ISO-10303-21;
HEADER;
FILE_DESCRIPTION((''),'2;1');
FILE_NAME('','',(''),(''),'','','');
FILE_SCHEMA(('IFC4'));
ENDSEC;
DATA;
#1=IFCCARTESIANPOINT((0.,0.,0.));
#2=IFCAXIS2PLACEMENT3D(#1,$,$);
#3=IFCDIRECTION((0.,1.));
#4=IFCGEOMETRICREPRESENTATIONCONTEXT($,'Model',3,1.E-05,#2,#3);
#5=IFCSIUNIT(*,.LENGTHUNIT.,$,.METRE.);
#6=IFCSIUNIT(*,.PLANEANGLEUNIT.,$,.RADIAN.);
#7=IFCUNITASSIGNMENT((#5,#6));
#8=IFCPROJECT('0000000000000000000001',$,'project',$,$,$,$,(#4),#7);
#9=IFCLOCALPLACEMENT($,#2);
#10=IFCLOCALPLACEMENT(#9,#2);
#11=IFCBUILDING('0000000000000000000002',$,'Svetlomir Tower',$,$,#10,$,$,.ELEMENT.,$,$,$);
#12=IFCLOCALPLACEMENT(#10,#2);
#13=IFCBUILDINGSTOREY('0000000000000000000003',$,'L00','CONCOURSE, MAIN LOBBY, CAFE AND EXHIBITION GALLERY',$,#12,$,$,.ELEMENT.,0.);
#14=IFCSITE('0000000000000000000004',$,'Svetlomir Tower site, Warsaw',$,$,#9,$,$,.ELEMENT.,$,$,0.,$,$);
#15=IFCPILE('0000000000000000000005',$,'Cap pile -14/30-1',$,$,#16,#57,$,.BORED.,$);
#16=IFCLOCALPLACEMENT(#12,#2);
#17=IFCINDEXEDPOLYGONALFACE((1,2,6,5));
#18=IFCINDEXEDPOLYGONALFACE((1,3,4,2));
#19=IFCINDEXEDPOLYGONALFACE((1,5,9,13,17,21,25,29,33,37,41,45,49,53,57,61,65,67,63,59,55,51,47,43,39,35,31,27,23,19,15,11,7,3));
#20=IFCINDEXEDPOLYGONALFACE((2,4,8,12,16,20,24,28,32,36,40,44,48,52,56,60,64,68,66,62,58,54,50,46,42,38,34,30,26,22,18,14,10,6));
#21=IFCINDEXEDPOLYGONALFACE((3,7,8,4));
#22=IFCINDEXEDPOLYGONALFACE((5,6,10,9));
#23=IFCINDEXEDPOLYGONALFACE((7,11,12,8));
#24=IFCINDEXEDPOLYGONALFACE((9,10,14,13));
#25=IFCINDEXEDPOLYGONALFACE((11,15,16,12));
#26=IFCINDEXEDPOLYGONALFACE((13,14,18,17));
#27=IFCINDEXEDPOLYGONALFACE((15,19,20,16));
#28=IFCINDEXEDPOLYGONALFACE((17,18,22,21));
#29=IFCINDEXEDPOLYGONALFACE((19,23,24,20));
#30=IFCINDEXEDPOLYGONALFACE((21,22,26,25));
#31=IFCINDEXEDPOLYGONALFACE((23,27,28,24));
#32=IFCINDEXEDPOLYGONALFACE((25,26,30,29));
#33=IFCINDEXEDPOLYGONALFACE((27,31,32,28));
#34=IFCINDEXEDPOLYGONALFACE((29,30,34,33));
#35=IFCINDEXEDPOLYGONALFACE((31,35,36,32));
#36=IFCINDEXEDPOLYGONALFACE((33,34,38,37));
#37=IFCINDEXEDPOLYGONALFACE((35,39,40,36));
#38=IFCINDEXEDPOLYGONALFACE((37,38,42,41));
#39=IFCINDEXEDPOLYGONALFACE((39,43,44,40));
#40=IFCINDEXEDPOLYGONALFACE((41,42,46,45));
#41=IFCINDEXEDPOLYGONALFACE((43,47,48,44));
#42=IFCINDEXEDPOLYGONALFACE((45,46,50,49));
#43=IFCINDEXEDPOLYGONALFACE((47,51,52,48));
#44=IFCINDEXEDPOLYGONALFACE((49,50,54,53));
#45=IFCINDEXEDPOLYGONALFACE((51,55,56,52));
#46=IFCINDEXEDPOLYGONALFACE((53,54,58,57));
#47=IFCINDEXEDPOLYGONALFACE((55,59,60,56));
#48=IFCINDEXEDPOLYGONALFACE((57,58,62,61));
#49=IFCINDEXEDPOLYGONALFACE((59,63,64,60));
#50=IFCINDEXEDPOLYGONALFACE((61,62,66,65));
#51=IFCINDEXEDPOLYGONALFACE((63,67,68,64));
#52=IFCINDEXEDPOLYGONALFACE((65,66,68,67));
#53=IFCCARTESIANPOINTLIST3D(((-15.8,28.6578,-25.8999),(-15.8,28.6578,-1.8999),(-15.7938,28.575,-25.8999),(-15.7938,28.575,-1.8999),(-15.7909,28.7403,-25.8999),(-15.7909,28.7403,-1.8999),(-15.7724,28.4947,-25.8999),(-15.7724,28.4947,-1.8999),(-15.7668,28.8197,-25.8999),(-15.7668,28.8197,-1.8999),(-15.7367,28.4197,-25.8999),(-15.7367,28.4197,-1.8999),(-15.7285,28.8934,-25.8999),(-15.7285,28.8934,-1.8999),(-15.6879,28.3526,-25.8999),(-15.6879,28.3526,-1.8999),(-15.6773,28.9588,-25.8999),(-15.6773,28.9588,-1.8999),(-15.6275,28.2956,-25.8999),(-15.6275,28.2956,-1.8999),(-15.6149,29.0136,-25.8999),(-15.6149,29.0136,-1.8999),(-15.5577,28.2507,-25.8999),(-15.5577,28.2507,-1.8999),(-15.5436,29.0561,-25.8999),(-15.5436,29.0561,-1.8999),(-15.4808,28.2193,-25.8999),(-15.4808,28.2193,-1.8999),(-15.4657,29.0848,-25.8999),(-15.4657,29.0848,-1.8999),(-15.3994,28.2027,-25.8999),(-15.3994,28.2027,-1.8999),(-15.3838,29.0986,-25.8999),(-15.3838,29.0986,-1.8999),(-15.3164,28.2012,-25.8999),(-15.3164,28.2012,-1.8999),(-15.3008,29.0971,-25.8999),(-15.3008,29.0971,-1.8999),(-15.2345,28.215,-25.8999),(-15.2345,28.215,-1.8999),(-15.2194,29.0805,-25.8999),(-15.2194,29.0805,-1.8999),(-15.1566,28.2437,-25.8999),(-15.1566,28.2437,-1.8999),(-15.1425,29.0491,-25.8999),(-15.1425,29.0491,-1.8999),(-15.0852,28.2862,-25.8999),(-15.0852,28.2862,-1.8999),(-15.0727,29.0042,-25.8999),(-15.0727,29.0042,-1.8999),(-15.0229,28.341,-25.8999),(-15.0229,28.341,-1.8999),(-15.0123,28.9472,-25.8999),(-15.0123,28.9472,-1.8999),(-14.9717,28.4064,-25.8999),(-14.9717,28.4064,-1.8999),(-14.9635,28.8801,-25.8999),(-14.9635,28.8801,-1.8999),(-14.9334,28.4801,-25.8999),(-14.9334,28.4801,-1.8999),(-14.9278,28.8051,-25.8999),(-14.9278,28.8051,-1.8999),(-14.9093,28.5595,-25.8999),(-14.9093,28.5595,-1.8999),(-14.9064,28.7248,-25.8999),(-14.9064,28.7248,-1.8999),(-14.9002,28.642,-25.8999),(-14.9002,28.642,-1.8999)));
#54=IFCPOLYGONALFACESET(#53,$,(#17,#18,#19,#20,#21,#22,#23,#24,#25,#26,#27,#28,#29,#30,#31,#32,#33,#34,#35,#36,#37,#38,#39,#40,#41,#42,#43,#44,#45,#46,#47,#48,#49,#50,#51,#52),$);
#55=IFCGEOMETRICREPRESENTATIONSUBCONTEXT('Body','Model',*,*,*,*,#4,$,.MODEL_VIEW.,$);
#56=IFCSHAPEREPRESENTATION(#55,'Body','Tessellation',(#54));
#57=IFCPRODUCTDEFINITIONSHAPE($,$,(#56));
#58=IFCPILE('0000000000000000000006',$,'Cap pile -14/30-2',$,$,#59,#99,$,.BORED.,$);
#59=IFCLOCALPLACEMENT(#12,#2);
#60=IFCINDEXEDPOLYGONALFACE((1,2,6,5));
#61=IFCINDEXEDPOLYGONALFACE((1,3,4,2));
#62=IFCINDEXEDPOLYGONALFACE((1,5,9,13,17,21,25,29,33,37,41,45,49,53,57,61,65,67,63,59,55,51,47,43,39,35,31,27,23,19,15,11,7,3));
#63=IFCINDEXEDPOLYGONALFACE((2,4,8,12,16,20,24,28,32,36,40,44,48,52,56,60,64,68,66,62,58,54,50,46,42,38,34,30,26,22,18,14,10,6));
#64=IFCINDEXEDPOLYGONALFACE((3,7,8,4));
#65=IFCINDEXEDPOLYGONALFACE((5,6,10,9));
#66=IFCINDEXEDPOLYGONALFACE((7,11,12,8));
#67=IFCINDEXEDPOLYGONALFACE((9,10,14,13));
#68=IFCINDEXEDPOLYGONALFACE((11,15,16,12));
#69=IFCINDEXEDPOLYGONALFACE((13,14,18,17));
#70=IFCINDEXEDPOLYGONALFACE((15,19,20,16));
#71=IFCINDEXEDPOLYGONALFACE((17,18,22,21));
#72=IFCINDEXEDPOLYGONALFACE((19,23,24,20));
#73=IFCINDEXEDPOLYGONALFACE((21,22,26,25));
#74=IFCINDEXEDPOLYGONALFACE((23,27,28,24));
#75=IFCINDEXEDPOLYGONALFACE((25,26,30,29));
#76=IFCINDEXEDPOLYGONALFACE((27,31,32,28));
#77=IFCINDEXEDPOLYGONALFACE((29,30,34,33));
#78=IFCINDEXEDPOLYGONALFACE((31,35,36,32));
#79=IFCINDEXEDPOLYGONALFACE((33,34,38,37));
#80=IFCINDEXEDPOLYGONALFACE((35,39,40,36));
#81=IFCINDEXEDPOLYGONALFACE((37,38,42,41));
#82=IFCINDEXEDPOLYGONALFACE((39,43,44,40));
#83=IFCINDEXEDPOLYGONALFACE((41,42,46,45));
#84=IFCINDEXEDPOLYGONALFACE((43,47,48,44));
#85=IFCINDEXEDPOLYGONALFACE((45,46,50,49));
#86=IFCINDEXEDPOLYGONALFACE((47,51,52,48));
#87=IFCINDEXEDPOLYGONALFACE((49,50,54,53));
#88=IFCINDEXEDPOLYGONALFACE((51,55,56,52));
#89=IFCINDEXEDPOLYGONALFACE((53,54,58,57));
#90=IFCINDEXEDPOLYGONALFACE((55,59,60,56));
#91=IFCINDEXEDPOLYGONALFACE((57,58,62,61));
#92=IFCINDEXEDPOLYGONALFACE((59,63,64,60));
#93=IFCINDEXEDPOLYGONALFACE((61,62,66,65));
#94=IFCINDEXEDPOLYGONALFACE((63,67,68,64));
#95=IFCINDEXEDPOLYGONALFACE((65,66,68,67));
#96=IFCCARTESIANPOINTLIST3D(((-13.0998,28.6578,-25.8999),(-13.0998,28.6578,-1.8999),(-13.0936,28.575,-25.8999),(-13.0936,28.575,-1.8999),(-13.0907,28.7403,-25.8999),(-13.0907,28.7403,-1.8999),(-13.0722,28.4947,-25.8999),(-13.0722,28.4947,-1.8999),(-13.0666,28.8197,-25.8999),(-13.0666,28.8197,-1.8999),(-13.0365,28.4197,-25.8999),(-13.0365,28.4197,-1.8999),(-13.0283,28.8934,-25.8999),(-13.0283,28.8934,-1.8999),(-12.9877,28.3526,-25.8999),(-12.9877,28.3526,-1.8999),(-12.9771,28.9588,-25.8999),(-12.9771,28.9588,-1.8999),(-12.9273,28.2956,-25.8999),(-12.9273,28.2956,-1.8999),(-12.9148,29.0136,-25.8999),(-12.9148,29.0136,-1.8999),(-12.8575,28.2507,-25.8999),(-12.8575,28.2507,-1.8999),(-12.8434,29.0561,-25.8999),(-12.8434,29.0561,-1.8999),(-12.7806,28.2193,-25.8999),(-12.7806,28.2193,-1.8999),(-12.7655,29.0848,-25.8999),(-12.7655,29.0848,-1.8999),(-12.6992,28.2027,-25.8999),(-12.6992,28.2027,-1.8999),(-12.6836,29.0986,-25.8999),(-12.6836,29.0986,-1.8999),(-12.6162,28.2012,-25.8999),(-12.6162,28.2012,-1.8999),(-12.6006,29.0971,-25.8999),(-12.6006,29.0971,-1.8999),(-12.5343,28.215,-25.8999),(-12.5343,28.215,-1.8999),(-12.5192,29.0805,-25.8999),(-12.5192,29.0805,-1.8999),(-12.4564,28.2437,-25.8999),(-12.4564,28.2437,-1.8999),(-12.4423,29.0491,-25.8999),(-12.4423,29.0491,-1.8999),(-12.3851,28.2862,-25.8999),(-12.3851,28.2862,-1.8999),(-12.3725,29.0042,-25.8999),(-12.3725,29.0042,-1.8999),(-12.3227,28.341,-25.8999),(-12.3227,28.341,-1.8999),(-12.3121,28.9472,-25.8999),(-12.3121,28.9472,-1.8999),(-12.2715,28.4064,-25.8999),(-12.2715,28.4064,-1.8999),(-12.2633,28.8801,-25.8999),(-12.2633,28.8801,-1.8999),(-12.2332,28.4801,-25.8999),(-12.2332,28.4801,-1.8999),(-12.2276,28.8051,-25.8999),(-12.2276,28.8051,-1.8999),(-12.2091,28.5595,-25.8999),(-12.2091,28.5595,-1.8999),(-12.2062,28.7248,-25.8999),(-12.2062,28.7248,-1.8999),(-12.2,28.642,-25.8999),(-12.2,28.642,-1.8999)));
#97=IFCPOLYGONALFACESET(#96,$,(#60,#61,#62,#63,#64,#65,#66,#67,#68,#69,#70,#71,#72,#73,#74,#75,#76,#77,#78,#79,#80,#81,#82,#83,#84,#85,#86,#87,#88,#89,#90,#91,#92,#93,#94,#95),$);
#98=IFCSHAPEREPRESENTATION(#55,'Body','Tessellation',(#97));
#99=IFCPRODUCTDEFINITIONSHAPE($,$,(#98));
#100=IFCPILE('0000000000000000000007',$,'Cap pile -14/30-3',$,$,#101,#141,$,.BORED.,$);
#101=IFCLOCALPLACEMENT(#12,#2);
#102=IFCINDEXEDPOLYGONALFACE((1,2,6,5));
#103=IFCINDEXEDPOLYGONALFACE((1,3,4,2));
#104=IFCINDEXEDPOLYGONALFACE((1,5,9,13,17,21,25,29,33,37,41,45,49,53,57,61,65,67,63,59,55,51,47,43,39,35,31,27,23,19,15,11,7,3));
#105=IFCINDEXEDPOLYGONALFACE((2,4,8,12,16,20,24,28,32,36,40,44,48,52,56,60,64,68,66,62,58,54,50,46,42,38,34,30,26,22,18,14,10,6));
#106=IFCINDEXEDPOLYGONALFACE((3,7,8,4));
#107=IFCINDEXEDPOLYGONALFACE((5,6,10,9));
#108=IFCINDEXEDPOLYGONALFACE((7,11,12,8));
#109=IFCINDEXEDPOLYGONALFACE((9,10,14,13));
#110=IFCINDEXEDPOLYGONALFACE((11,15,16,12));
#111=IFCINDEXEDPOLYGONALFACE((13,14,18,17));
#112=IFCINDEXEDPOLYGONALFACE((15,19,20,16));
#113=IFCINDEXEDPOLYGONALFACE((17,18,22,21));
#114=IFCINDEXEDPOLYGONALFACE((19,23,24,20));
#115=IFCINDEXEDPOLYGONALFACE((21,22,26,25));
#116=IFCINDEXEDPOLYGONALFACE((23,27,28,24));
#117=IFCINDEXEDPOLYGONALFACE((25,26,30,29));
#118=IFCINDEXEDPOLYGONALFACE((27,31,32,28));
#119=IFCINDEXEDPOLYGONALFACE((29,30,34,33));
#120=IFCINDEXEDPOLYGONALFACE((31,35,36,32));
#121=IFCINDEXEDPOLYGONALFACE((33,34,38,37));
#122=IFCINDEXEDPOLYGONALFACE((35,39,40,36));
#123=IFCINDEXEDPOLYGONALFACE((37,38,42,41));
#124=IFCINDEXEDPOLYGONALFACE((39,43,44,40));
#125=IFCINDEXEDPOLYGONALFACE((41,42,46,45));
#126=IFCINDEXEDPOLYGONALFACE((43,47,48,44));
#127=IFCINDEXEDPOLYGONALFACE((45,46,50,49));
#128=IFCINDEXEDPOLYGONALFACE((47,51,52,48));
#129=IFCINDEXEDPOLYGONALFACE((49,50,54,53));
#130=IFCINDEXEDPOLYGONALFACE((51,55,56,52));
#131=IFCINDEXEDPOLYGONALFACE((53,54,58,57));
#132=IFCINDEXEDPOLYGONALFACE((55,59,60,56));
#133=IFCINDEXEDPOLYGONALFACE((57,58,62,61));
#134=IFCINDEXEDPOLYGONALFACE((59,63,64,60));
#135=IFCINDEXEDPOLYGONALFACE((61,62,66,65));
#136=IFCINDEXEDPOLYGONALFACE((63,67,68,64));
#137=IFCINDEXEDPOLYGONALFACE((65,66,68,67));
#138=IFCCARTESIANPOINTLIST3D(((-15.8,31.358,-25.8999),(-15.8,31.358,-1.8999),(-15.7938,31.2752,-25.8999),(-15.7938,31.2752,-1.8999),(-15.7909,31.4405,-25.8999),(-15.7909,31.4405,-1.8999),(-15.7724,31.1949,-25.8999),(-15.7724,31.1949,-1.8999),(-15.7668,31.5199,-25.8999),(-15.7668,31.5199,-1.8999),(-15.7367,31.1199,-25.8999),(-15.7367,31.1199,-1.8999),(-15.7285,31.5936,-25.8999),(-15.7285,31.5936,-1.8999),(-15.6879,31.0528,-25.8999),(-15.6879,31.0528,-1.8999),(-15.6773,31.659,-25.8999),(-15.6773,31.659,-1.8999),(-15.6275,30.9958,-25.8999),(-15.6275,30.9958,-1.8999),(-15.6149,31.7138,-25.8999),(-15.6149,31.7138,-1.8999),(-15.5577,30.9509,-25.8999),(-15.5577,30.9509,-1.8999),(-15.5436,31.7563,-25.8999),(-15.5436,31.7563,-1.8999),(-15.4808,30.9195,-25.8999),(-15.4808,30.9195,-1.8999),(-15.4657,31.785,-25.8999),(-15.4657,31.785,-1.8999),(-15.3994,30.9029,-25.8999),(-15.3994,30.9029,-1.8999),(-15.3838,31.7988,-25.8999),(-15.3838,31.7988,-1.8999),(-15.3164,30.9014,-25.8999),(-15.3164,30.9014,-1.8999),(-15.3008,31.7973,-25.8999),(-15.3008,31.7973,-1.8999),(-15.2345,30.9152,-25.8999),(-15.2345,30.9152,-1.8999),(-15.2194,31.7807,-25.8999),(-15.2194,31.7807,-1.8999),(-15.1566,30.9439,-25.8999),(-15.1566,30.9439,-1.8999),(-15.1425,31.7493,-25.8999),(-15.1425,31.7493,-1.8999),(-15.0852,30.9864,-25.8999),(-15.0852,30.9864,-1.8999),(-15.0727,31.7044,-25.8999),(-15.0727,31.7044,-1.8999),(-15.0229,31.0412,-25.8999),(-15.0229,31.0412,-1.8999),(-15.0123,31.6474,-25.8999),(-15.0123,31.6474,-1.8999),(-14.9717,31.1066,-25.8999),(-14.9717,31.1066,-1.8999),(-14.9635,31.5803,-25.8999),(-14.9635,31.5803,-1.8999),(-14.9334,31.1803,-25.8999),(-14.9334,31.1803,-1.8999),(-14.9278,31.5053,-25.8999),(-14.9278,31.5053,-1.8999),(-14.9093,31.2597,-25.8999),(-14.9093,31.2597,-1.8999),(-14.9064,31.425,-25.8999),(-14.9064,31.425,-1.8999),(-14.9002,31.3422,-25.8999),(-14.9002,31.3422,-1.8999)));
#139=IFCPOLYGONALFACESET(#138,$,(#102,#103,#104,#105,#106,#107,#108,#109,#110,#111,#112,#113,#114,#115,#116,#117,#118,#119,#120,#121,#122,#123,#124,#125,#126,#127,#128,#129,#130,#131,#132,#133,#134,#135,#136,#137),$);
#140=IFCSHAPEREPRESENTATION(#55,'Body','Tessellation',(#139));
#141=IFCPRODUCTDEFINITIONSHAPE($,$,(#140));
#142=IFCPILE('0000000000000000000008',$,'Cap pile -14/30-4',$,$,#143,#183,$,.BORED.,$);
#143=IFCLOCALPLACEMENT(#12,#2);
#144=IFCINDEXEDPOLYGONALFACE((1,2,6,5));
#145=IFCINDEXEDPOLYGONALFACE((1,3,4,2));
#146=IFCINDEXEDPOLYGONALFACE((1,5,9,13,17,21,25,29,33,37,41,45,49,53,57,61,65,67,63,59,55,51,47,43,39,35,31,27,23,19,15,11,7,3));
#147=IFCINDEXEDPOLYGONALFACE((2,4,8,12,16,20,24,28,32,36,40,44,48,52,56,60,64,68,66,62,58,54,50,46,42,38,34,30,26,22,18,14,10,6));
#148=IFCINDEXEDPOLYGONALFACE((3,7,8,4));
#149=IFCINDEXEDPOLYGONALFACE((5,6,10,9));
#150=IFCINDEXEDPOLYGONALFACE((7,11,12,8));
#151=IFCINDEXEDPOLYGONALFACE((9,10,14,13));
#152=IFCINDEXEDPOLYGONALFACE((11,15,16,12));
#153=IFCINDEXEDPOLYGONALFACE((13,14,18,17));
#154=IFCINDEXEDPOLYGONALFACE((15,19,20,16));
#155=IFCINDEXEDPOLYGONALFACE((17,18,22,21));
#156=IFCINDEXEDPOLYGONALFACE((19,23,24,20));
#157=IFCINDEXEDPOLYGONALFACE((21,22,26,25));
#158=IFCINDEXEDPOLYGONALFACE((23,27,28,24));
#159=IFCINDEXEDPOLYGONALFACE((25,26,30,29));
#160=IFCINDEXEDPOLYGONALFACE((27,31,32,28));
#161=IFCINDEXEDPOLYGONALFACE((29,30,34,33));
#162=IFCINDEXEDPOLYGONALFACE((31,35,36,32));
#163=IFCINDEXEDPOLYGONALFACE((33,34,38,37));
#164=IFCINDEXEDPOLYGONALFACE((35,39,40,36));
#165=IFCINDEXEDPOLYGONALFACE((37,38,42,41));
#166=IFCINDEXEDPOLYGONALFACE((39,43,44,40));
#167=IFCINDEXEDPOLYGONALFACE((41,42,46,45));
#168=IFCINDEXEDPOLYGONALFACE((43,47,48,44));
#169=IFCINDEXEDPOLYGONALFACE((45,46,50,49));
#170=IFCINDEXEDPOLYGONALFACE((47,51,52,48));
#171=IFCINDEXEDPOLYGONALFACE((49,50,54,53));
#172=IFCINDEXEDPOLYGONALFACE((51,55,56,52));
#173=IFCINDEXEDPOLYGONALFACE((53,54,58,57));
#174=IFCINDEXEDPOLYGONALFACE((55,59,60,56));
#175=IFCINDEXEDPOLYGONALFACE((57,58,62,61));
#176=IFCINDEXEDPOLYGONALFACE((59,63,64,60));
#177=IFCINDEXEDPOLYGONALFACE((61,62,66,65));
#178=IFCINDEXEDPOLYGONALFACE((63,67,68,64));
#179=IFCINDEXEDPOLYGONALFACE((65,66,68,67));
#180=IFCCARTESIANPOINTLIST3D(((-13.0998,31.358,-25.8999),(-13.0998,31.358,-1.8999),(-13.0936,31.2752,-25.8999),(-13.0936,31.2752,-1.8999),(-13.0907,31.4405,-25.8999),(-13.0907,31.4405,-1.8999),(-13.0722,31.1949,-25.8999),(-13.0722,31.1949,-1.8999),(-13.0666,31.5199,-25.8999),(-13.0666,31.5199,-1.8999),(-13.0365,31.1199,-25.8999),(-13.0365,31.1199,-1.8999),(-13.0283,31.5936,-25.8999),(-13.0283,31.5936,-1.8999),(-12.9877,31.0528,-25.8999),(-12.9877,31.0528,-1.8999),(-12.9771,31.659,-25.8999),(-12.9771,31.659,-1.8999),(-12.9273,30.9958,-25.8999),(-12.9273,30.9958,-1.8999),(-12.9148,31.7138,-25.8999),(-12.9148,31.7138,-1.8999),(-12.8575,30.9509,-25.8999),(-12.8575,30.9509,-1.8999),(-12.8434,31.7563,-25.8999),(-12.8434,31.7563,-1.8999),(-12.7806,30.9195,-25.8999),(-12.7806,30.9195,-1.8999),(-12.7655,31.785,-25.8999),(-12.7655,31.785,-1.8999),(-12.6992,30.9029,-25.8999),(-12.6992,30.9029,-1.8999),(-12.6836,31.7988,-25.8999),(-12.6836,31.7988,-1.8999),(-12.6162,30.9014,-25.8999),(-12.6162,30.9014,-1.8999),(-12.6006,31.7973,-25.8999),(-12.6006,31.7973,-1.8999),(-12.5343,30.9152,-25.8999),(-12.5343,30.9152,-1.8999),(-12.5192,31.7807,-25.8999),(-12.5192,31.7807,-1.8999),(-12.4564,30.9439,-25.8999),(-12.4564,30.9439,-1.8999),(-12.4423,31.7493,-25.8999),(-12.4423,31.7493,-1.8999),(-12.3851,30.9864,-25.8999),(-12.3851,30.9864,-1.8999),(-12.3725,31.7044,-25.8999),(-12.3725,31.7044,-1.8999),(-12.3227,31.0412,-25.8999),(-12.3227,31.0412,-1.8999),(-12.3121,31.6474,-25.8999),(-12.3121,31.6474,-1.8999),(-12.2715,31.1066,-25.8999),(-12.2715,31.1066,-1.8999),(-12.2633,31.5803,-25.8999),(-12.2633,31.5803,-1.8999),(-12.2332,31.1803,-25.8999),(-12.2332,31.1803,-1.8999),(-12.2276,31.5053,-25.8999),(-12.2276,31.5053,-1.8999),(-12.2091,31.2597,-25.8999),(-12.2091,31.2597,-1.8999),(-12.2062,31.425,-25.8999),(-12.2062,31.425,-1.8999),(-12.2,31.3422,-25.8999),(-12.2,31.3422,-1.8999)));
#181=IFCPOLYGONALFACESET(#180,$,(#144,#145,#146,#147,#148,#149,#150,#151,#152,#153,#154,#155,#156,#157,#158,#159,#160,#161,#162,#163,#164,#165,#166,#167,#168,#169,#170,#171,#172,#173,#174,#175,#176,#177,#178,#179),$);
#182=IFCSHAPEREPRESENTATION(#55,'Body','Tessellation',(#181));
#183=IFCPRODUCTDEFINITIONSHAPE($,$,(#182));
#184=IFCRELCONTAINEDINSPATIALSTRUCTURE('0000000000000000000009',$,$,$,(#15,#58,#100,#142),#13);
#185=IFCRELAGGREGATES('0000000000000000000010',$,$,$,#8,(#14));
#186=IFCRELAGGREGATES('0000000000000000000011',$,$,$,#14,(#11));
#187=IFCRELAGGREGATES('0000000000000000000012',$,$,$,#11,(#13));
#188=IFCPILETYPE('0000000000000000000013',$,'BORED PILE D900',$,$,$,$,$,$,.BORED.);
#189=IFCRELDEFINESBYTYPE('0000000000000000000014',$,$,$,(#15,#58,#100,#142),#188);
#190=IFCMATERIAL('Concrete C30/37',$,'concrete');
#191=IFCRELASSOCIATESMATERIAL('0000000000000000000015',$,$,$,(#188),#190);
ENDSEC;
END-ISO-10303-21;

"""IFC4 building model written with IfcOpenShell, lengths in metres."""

from ifc_helpers import new_model, si_unit, direction, frame, frame_2d, origin, origin_2d, place, context, subcontext, project, spatial, circle, extrude, material, material_profile, profile_set, type_object, element, save


model = new_model("IFC4")

# Units and contexts
model_context = context("Model", 3, precision=1e-05, world=origin(), true_north=direction((0.0, 1.0)))
body_context = subcontext(model_context, "Body", "Model", "MODEL_VIEW")
ifc_project = project(units=[si_unit("LENGTHUNIT", "METRE"), si_unit("PLANEANGLEUNIT", "RADIAN")], contexts=[model_context])

# Site, building, storey
site_placement = place(None, origin())
site = spatial("IfcSite", under=ifc_project, at=site_placement, Name="Svetlomir Tower site, Warsaw", CompositionType="ELEMENT", RefElevation=0.0)
building_placement = place(site_placement, origin())
building = spatial("IfcBuilding", under=site, at=building_placement, Name="Svetlomir Tower", CompositionType="ELEMENT")
storey_placement = place(building_placement, origin())
storey = spatial("IfcBuildingStorey", under=building, at=storey_placement, Name="L00", Description="CONCOURSE, MAIN LOBBY, CAFE AND EXHIBITION GALLERY", CompositionType="ELEMENT", Elevation=0.0)

# Piles
ifc_material_1 = material(Name="Concrete C30/37", Category="concrete")
ifc_material_profile_1 = material_profile(ifc_material_1, circle(Radius=0.45, at=origin_2d()), Name="RC D900")
ifc_profile_set_1 = profile_set([ifc_material_profile_1], Name="Concrete C30/37")
pile_type = type_object("IfcPileType", Name="BORED PILE D900", PredefinedType="BORED", material=ifc_profile_set_1)
for number, where, z_axis, x_axis, name in (
    (1, (-15.3501, 28.6499, -1.8999), (0.0, 0.0, -1.0), (1.0, 0.0, 0.0), "Cap pile -14/30-1"),
    (2, (-12.6499, 28.6499, -1.8999), (0.0, 0.0, -1.0), (1.0, 0.0, 0.0), "Cap pile -14/30-2"),
    (3, (-15.3501, 31.3501, -1.8999), (0.0, 0.0, -1.0), (1.0, 0.0, 0.0), "Cap pile -14/30-3"),
    (4, (-12.6499, 31.3501, -1.8999), (0.0, 0.0, -1.0), (1.0, 0.0, 0.0), "Cap pile -14/30-4"),
):
    element("IfcPile", number, at=place(storey_placement, frame(where, z_axis=z_axis, x_axis=x_axis)), inside=storey, type_object=pile_type, Name=name, PredefinedType="BORED", context=body_context, shape_type="SweptSolid", body=[
        extrude(circle(Radius=0.45, at=frame_2d((0.0, 0.0), x_axis=(0.999848, 0.017452))), origin(), (0.0, 0.0, 1.0), 24.0),
    ])

save(model, "model.ifc")
